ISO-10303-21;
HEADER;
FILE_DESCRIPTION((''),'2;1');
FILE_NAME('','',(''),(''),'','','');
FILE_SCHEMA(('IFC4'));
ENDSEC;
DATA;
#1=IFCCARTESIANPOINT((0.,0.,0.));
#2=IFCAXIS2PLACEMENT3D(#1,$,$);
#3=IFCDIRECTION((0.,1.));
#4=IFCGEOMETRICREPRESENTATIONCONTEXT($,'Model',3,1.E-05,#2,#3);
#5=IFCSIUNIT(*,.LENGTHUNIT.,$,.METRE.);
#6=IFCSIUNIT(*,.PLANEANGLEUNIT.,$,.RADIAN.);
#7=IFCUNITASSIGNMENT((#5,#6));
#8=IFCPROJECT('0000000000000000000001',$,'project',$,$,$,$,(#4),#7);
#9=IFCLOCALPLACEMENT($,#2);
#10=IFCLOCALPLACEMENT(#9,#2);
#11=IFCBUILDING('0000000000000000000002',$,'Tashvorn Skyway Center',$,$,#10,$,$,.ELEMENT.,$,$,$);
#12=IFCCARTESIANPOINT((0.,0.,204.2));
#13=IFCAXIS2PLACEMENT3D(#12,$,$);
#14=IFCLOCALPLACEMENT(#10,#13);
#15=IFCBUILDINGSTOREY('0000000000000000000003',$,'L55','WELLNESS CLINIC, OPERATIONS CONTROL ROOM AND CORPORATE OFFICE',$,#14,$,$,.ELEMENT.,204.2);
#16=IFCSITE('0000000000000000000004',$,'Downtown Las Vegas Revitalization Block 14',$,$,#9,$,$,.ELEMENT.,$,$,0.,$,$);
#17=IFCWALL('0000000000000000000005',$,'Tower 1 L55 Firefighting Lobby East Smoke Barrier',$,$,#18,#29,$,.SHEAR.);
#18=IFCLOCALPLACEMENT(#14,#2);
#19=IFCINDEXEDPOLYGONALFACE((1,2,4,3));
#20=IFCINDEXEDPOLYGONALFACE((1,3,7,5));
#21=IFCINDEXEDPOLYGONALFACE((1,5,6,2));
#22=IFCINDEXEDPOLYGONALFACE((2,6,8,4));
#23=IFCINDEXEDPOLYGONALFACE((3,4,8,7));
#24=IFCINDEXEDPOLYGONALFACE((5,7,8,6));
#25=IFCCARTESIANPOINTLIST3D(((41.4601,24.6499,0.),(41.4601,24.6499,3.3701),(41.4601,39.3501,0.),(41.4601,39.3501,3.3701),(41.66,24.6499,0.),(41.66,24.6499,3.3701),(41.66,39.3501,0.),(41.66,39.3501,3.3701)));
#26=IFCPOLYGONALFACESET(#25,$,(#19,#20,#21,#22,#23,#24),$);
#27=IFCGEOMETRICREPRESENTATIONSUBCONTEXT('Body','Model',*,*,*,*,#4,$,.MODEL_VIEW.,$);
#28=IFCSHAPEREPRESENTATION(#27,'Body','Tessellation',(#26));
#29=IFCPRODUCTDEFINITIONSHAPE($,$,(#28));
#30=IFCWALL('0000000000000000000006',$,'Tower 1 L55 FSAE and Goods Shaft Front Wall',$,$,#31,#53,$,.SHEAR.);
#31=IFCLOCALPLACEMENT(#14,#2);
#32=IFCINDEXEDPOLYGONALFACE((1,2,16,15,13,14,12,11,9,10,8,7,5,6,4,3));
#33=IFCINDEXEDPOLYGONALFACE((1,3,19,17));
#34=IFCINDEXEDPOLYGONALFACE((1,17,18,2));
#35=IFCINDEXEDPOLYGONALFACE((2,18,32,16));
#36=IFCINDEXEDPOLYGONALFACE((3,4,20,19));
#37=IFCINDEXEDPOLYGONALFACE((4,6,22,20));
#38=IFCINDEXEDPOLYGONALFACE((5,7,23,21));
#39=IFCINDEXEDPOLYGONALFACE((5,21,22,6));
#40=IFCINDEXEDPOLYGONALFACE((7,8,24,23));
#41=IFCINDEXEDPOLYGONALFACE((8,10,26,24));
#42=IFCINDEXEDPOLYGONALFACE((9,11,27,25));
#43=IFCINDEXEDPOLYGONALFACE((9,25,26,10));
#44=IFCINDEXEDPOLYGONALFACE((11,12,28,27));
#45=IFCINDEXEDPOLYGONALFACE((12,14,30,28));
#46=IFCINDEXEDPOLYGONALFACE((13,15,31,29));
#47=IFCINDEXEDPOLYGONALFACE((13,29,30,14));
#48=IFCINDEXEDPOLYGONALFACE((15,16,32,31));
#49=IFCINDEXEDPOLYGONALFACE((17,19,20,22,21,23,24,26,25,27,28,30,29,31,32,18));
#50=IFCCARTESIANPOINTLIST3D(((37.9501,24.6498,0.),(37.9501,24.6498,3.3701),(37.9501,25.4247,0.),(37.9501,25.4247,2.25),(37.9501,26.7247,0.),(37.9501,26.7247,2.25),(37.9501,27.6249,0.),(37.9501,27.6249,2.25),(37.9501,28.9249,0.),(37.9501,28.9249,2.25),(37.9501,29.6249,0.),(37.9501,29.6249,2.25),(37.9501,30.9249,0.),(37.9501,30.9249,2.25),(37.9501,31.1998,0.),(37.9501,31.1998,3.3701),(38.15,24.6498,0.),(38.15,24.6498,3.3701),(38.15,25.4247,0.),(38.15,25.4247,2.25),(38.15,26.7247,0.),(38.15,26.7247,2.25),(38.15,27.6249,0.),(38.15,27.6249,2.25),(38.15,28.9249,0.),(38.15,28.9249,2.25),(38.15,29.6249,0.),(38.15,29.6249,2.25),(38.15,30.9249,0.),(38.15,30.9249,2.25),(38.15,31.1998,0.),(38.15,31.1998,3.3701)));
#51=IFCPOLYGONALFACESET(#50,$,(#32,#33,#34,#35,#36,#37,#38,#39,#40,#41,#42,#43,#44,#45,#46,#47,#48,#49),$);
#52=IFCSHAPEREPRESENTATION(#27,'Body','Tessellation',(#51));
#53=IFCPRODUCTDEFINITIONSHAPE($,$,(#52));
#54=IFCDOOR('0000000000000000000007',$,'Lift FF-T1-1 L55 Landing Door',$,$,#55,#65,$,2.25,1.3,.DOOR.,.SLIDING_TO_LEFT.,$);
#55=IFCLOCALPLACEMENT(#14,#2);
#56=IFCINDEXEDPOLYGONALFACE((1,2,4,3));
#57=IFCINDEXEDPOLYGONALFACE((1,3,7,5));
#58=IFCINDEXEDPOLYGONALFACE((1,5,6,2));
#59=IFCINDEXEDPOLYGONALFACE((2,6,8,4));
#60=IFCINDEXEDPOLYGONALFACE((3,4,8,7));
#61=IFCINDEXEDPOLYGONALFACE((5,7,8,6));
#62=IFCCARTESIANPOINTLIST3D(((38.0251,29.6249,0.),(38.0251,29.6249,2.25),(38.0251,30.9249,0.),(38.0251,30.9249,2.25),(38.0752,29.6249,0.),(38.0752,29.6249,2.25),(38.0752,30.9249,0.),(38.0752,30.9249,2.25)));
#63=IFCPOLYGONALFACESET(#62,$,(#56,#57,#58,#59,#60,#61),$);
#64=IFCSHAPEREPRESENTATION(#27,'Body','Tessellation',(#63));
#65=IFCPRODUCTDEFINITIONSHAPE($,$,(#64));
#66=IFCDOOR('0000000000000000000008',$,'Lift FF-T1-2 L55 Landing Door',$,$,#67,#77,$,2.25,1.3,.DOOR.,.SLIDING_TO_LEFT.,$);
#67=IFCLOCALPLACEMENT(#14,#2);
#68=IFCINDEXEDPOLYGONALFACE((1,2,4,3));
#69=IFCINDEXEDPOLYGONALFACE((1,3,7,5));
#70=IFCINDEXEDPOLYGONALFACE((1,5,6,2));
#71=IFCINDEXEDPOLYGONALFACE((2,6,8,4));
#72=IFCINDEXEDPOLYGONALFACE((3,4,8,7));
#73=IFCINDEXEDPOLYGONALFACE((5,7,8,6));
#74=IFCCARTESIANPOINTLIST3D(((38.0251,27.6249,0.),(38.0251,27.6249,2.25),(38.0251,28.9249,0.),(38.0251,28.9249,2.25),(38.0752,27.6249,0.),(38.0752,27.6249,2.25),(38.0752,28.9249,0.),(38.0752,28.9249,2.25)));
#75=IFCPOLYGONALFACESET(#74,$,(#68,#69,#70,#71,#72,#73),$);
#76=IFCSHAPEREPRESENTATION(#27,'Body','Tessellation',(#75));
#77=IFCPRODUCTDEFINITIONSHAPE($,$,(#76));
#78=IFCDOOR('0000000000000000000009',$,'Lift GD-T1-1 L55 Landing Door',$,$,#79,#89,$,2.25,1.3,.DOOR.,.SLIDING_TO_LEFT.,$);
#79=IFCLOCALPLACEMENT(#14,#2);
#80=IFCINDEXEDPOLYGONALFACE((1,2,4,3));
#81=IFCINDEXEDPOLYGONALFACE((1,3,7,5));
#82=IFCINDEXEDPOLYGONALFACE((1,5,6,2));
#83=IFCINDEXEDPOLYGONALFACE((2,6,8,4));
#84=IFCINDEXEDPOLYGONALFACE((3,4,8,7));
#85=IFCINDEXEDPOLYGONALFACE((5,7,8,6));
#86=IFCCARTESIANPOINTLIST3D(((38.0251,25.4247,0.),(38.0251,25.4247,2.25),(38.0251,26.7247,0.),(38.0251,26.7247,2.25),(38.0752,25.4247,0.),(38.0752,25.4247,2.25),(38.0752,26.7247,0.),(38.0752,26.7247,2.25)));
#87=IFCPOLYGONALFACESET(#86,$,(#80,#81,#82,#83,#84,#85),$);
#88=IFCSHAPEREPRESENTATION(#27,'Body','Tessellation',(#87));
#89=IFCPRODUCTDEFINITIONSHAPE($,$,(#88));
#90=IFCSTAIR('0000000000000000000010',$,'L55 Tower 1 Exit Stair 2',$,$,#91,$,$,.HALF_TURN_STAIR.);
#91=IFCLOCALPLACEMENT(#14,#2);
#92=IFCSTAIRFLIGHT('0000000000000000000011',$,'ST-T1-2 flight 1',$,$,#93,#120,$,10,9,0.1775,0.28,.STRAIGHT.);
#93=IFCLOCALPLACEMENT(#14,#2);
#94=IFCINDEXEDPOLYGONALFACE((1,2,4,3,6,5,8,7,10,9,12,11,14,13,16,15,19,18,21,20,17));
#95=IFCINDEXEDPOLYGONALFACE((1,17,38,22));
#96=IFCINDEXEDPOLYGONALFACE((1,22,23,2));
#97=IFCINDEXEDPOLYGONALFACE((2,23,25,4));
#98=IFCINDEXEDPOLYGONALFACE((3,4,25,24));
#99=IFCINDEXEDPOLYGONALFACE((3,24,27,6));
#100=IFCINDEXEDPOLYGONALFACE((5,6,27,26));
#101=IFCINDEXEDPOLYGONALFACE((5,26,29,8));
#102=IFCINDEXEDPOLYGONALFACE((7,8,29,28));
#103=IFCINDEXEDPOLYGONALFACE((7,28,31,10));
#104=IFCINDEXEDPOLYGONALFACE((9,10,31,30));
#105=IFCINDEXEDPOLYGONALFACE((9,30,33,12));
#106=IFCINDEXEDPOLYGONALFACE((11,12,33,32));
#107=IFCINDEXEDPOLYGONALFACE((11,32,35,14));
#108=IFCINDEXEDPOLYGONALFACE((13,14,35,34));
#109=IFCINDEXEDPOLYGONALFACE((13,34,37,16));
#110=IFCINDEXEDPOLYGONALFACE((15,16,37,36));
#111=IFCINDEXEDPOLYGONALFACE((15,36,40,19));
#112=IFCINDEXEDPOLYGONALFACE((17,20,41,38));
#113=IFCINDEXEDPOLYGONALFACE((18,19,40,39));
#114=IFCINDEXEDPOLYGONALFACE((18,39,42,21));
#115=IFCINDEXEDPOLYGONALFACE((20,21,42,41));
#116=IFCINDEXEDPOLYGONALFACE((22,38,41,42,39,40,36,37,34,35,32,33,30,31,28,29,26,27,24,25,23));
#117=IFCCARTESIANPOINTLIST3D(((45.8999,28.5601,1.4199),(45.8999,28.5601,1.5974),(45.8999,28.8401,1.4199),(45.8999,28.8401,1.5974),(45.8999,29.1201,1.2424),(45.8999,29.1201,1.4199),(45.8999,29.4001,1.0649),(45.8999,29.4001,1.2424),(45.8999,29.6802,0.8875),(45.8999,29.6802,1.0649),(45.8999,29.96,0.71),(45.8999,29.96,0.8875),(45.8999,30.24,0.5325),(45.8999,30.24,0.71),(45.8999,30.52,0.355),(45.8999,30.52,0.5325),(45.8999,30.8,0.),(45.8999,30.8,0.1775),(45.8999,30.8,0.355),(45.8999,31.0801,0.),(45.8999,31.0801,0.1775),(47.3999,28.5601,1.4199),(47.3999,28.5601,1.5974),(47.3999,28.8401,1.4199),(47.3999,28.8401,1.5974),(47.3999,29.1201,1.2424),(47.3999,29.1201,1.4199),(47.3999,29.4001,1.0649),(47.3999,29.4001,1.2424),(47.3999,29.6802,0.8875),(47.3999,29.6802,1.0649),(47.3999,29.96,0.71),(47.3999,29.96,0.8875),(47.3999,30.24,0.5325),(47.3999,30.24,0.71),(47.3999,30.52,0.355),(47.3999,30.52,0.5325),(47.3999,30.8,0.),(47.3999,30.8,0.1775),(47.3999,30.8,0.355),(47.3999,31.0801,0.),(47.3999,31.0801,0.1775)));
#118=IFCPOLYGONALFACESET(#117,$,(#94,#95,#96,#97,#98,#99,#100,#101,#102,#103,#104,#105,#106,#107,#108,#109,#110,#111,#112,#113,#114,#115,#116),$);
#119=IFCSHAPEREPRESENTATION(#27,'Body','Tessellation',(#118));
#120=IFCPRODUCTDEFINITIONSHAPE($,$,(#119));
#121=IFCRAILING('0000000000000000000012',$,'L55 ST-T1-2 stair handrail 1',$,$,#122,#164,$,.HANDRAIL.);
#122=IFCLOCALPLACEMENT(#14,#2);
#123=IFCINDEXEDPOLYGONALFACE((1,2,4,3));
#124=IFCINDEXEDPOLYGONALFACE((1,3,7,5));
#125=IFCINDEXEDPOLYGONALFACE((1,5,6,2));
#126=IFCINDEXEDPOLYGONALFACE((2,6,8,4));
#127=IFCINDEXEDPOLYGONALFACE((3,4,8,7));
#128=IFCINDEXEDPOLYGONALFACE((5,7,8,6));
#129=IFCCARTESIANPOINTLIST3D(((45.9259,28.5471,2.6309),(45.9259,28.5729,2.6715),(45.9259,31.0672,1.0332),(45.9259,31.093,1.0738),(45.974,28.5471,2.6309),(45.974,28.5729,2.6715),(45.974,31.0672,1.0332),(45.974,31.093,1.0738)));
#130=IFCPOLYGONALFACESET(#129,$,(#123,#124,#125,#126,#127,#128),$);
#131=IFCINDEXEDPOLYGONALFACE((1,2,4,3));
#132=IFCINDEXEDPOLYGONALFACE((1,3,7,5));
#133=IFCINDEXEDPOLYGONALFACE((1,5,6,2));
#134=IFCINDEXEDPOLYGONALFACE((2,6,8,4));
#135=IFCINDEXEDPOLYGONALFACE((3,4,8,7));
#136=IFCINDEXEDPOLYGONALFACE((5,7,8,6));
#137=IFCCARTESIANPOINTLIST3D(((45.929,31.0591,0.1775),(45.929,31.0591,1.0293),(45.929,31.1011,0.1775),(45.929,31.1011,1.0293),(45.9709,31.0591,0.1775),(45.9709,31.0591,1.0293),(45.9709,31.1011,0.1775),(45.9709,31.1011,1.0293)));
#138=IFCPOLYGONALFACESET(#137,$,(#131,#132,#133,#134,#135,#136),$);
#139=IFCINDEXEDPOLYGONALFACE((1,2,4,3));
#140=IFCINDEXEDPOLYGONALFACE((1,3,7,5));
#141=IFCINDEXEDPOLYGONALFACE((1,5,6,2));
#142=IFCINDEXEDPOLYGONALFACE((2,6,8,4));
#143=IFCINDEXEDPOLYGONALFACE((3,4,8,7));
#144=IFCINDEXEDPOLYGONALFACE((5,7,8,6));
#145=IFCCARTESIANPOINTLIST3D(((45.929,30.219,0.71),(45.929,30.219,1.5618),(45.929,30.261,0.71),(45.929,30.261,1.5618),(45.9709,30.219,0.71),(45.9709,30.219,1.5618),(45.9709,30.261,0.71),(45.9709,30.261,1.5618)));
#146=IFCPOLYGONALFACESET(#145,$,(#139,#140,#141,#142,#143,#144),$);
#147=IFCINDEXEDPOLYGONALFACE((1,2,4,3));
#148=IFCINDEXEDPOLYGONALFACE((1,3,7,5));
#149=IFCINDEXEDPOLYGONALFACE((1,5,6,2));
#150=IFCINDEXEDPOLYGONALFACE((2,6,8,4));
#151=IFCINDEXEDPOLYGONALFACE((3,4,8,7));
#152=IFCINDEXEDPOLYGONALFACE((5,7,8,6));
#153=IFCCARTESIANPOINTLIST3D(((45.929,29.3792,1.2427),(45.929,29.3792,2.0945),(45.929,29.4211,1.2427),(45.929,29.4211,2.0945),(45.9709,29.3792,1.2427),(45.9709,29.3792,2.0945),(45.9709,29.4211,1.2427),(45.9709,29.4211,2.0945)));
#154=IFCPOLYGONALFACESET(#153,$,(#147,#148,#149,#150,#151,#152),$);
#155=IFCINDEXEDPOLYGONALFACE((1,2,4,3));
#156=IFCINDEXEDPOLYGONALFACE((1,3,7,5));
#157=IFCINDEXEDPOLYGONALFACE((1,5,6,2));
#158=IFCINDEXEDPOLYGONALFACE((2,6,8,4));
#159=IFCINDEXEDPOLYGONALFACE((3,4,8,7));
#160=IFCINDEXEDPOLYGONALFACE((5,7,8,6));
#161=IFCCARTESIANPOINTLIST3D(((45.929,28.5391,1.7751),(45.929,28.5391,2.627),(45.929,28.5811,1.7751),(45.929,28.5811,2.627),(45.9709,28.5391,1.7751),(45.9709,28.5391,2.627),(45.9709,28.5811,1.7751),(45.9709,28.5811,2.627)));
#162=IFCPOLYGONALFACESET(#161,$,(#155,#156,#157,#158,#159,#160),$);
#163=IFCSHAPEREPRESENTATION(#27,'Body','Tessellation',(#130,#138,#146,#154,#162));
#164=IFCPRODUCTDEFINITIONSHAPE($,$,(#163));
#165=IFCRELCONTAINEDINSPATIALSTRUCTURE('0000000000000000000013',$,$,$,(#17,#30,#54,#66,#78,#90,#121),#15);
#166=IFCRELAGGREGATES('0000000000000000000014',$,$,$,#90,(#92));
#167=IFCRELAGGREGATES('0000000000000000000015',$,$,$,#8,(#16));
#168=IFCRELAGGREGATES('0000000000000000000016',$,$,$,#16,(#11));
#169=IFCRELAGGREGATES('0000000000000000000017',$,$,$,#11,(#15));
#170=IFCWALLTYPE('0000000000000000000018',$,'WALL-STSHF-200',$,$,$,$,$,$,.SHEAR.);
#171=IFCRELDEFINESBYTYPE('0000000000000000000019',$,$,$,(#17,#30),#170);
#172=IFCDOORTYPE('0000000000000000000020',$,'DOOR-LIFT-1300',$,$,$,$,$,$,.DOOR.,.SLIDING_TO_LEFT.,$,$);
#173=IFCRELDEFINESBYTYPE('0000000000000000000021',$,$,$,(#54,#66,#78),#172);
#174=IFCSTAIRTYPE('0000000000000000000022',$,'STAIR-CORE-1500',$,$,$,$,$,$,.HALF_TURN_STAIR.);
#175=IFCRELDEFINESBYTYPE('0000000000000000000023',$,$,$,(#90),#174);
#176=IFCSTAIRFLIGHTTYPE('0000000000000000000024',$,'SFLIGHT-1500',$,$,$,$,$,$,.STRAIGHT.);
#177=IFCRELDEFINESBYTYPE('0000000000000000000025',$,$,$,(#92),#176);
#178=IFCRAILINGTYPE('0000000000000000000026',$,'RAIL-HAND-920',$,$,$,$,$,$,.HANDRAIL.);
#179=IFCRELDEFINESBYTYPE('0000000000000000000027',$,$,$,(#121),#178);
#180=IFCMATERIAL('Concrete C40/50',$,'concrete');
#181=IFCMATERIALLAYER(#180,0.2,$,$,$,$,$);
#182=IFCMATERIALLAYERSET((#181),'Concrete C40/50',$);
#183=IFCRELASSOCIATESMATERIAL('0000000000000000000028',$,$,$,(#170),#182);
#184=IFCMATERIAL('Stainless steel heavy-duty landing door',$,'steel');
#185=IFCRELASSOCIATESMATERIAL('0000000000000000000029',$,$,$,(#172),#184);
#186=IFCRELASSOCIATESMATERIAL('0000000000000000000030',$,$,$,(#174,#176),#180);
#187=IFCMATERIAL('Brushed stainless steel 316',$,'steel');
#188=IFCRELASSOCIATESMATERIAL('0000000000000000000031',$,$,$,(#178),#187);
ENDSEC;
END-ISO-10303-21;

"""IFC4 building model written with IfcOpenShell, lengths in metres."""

from ifc_helpers import new_model, si_unit, direction, frame, frame_2d, origin, origin_2d, place, context, subcontext, project, spatial, polyline, rectangle, outline, extrude, material, layer, layer_set, type_object, element, fill, aggregate, save


model = new_model("IFC4")

# Units and contexts
model_context = context("Model", 3, precision=1e-05, world=origin(), true_north=direction((0.0, 1.0)))
body_context = subcontext(model_context, "Body", "Model", "MODEL_VIEW")
ifc_project = project(units=[si_unit("LENGTHUNIT", "METRE"), si_unit("PLANEANGLEUNIT", "RADIAN")], contexts=[model_context])

# Site, building, storey
site_placement = place(None, origin())
site = spatial("IfcSite", under=ifc_project, at=site_placement, Name="Downtown Las Vegas Revitalization Block 14", CompositionType="ELEMENT", RefElevation=0.0)
building_placement = place(site_placement, origin())
building = spatial("IfcBuilding", under=site, at=building_placement, Name="Tashvorn Skyway Center", CompositionType="ELEMENT")
storey_placement = place(building_placement, frame((0.0, 0.0, 204.2)))
storey = spatial("IfcBuildingStorey", under=building, at=storey_placement, Name="L55", Description="WELLNESS CLINIC, OPERATIONS CONTROL ROOM AND CORPORATE OFFICE", CompositionType="ELEMENT", Elevation=204.2)

# Shared definitions
ifc_material_1 = material(Name="Concrete C40/50", Category="concrete")

# Shared definitions
ifc_layer_1 = layer(ifc_material_1, 0.2)
ifc_layer_set_1 = layer_set([ifc_layer_1], Name="Concrete C40/50")
wall_type_1 = type_object("IfcWallType", Name="WALL-STSHF-200", PredefinedType="SHEAR", material=ifc_layer_set_1)

# Wall
wall_1_placement = place(storey_placement, frame((41.5601, 24.6499, 0.0), z_axis=(0.0, 0.0, 1.0), x_axis=(0.0, 1.0, 0.0)))
element("IfcWall", 1, at=wall_1_placement, inside=storey, type_object=wall_type_1, Name="Tower 1 L55 Firefighting Lobby East Smoke Barrier", PredefinedType="SHEAR", context=body_context, shape_type="SweptSolid", body=[
    extrude(rectangle(XDim=14.7002, YDim=0.2, at=frame_2d((7.3501, 0.0))), origin(), (0.0, 0.0, 1.0), 3.3701),
])

# Wall, openings, doors
wall_2_placement = place(storey_placement, frame((38.05, 24.6499, 0.0), z_axis=(0.0, 0.0, 1.0), x_axis=(0.0, 1.0, 0.0)))
wall_2 = element("IfcWall", 2, at=wall_2_placement, inside=storey, type_object=wall_type_1, Name="Tower 1 L55 FSAE and Goods Shaft Front Wall", PredefinedType="SHEAR", context=body_context, shape_type="SweptSolid", body=[
    extrude(rectangle(XDim=6.55, YDim=0.2, at=frame_2d((3.2749, 0.0))), origin(), (0.0, 0.0, 1.0), 3.3701),
])
opening_1_placement = place(wall_2_placement, frame((4.9751, 0.0, 0.0)))
opening_1 = element("IfcOpeningElement", 3, at=opening_1_placement, cuts=wall_2, PredefinedType="OPENING", context=body_context, shape_type="SweptSolid", body=[
    extrude(rectangle(XDim=1.3, YDim=2.25, at=frame_2d((0.6499, 1.125))), frame((0.0, 0.1099, 0.0), z_axis=(0.0, -1.0, 0.0), x_axis=(1.0, 0.0, 0.0)), (0.0, 0.0, 1.0), 0.22),
])
opening_2_placement = place(wall_2_placement, frame((2.9751, 0.0, 0.0)))
opening_2 = element("IfcOpeningElement", 4, at=opening_2_placement, cuts=wall_2, PredefinedType="OPENING", context=body_context, shape_type="SweptSolid", body=[
    extrude(rectangle(XDim=1.3, YDim=2.25, at=frame_2d((0.6499, 1.125))), frame((0.0, 0.1099, 0.0), z_axis=(0.0, -1.0, 0.0), x_axis=(1.0, 0.0, 0.0)), (0.0, 0.0, 1.0), 0.22),
])
opening_3_placement = place(wall_2_placement, frame((0.7749, 0.0, 0.0)))
opening_3 = element("IfcOpeningElement", 5, at=opening_3_placement, cuts=wall_2, PredefinedType="OPENING", context=body_context, shape_type="SweptSolid", body=[
    extrude(rectangle(XDim=1.3, YDim=2.25, at=frame_2d((0.6499, 1.125))), frame((0.0, 0.1099, 0.0), z_axis=(0.0, -1.0, 0.0), x_axis=(1.0, 0.0, 0.0)), (0.0, 0.0, 1.0), 0.22),
])
ifc_material_2 = material(Name="Stainless steel heavy-duty landing door", Category="steel")
door_type_1 = type_object("IfcDoorType", Name="DOOR-LIFT-1300", OperationType="SLIDING_TO_LEFT", PredefinedType="DOOR", material=ifc_material_2)
door_1_placement = place(opening_1_placement, origin())
door_1 = element("IfcDoor", 6, at=door_1_placement, inside=storey, type_object=door_type_1, Name="Lift FF-T1-1 L55 Landing Door", OperationType="SLIDING_TO_LEFT", OverallHeight=2.25, OverallWidth=1.3, PredefinedType="DOOR", context=body_context, shape_type="SweptSolid", body=[
    extrude(rectangle(XDim=1.3, YDim=2.25, at=frame_2d((0.6499, 1.125))), frame((0.0, 0.0249, 0.0), z_axis=(0.0, -1.0, 0.0), x_axis=(1.0, 0.0, 0.0)), (0.0, 0.0, 1.0), 0.05),
])
fill(opening_1, door_1)
door_2_placement = place(opening_2_placement, origin())
door_2 = element("IfcDoor", 7, at=door_2_placement, inside=storey, type_object=door_type_1, Name="Lift FF-T1-2 L55 Landing Door", OperationType="SLIDING_TO_LEFT", OverallHeight=2.25, OverallWidth=1.3, PredefinedType="DOOR", context=body_context, shape_type="SweptSolid", body=[
    extrude(rectangle(XDim=1.3, YDim=2.25, at=frame_2d((0.6499, 1.125))), frame((0.0, 0.0249, 0.0), z_axis=(0.0, -1.0, 0.0), x_axis=(1.0, 0.0, 0.0)), (0.0, 0.0, 1.0), 0.05),
])
fill(opening_2, door_2)
door_3_placement = place(opening_3_placement, origin())
door_3 = element("IfcDoor", 8, at=door_3_placement, inside=storey, type_object=door_type_1, Name="Lift GD-T1-1 L55 Landing Door", OperationType="SLIDING_TO_LEFT", OverallHeight=2.25, OverallWidth=1.3, PredefinedType="DOOR", context=body_context, shape_type="SweptSolid", body=[
    extrude(rectangle(XDim=1.3, YDim=2.25, at=frame_2d((0.6499, 1.125))), frame((0.0, 0.0249, 0.0), z_axis=(0.0, -1.0, 0.0), x_axis=(1.0, 0.0, 0.0)), (0.0, 0.0, 1.0), 0.05),
])
fill(opening_3, door_3)

# Stair, stair flight
stair_type = type_object("IfcStairType", Name="STAIR-CORE-1500", PredefinedType="HALF_TURN_STAIR", material=ifc_material_1)
stair_placement = place(storey_placement, origin())
stair = element("IfcStair", 9, at=stair_placement, inside=storey, type_object=stair_type, Name="L55 Tower 1 Exit Stair 2", PredefinedType="HALF_TURN_STAIR")
stair_flight_type = type_object("IfcStairFlightType", Name="SFLIGHT-1500", PredefinedType="STRAIGHT", material=ifc_material_1)
stair_flight_placement = place(storey_placement, frame((46.6499, 31.0801, 0.0), z_axis=(0.0, 0.0, 1.0), x_axis=(0.0, -1.0, 0.0)))
stair_flight = element("IfcStairFlight", 10, at=stair_flight_placement, type_object=stair_flight_type, Name="ST-T1-2 flight 1", NumberOfRisers=10, NumberOfTreads=9, PredefinedType="STRAIGHT", RiserHeight=0.1775, TreadLength=0.28, context=body_context, shape_type="SweptSolid", body=[
    extrude(outline(polyline([(0.0, 0.0), (0.0, 0.1775), (0.28, 0.1775), (0.28, 0.355), (0.5601, 0.355), (0.5601, 0.5325), (0.8401, 0.5325), (0.8401, 0.71), (1.1201, 0.71), (1.1201, 0.8875), (1.3999, 0.8875), (1.3999, 1.0649), (1.6799, 1.0649), (1.6799, 1.2424), (1.96, 1.2424), (1.96, 1.4199), (2.24, 1.4199), (2.24, 1.5974), (2.52, 1.5974), (2.52, 1.7749), (2.52, 1.4199), (0.28, 0.0), (0.0, 0.0)])), frame((0.0, 0.75, 0.0), z_axis=(0.0, -1.0, 0.0), x_axis=(1.0, 0.0, 0.0)), (0.0, 0.0, 1.0), 1.5),
])
aggregate(stair, [stair_flight])

# Railing
ifc_material_3 = material(Name="Brushed stainless steel 316", Category="steel")
railing_type_1 = type_object("IfcRailingType", Name="RAIL-HAND-920", PredefinedType="HANDRAIL", material=ifc_material_3)
railing_1_placement = place(storey_placement, frame((45.95, 31.0801, 0.1775)))
element("IfcRailing", 11, at=railing_1_placement, inside=storey, type_object=railing_type_1, Name="L55 ST-T1-2 stair handrail 1", PredefinedType="HANDRAIL", context=body_context, shape_type="SweptSolid", body=[
    extrude(rectangle(XDim=0.0481, YDim=0.0481, at=origin_2d()), frame((0.0, 0.0, 0.876), z_axis=(0.0, -0.84457, 0.535445), x_axis=(1.0, 0.0, 0.0)), (0.0, 0.0, 1.0), 2.9839),
    extrude(rectangle(XDim=0.042, YDim=0.042, at=origin_2d()), origin(), (0.0, 0.0, 1.0), 0.8518),
    extrude(rectangle(XDim=0.042, YDim=0.042, at=origin_2d()), frame((0.0, -0.8401, 0.5325)), (0.0, 0.0, 1.0), 0.8518),
    extrude(rectangle(XDim=0.042, YDim=0.042, at=origin_2d()), frame((0.0, -1.6799, 1.0652)), (0.0, 0.0, 1.0), 0.8518),
    extrude(rectangle(XDim=0.042, YDim=0.042, at=origin_2d()), frame((0.0, -2.52, 1.5977)), (0.0, 0.0, 1.0), 0.8518),
])

save(model, "model.ifc")
